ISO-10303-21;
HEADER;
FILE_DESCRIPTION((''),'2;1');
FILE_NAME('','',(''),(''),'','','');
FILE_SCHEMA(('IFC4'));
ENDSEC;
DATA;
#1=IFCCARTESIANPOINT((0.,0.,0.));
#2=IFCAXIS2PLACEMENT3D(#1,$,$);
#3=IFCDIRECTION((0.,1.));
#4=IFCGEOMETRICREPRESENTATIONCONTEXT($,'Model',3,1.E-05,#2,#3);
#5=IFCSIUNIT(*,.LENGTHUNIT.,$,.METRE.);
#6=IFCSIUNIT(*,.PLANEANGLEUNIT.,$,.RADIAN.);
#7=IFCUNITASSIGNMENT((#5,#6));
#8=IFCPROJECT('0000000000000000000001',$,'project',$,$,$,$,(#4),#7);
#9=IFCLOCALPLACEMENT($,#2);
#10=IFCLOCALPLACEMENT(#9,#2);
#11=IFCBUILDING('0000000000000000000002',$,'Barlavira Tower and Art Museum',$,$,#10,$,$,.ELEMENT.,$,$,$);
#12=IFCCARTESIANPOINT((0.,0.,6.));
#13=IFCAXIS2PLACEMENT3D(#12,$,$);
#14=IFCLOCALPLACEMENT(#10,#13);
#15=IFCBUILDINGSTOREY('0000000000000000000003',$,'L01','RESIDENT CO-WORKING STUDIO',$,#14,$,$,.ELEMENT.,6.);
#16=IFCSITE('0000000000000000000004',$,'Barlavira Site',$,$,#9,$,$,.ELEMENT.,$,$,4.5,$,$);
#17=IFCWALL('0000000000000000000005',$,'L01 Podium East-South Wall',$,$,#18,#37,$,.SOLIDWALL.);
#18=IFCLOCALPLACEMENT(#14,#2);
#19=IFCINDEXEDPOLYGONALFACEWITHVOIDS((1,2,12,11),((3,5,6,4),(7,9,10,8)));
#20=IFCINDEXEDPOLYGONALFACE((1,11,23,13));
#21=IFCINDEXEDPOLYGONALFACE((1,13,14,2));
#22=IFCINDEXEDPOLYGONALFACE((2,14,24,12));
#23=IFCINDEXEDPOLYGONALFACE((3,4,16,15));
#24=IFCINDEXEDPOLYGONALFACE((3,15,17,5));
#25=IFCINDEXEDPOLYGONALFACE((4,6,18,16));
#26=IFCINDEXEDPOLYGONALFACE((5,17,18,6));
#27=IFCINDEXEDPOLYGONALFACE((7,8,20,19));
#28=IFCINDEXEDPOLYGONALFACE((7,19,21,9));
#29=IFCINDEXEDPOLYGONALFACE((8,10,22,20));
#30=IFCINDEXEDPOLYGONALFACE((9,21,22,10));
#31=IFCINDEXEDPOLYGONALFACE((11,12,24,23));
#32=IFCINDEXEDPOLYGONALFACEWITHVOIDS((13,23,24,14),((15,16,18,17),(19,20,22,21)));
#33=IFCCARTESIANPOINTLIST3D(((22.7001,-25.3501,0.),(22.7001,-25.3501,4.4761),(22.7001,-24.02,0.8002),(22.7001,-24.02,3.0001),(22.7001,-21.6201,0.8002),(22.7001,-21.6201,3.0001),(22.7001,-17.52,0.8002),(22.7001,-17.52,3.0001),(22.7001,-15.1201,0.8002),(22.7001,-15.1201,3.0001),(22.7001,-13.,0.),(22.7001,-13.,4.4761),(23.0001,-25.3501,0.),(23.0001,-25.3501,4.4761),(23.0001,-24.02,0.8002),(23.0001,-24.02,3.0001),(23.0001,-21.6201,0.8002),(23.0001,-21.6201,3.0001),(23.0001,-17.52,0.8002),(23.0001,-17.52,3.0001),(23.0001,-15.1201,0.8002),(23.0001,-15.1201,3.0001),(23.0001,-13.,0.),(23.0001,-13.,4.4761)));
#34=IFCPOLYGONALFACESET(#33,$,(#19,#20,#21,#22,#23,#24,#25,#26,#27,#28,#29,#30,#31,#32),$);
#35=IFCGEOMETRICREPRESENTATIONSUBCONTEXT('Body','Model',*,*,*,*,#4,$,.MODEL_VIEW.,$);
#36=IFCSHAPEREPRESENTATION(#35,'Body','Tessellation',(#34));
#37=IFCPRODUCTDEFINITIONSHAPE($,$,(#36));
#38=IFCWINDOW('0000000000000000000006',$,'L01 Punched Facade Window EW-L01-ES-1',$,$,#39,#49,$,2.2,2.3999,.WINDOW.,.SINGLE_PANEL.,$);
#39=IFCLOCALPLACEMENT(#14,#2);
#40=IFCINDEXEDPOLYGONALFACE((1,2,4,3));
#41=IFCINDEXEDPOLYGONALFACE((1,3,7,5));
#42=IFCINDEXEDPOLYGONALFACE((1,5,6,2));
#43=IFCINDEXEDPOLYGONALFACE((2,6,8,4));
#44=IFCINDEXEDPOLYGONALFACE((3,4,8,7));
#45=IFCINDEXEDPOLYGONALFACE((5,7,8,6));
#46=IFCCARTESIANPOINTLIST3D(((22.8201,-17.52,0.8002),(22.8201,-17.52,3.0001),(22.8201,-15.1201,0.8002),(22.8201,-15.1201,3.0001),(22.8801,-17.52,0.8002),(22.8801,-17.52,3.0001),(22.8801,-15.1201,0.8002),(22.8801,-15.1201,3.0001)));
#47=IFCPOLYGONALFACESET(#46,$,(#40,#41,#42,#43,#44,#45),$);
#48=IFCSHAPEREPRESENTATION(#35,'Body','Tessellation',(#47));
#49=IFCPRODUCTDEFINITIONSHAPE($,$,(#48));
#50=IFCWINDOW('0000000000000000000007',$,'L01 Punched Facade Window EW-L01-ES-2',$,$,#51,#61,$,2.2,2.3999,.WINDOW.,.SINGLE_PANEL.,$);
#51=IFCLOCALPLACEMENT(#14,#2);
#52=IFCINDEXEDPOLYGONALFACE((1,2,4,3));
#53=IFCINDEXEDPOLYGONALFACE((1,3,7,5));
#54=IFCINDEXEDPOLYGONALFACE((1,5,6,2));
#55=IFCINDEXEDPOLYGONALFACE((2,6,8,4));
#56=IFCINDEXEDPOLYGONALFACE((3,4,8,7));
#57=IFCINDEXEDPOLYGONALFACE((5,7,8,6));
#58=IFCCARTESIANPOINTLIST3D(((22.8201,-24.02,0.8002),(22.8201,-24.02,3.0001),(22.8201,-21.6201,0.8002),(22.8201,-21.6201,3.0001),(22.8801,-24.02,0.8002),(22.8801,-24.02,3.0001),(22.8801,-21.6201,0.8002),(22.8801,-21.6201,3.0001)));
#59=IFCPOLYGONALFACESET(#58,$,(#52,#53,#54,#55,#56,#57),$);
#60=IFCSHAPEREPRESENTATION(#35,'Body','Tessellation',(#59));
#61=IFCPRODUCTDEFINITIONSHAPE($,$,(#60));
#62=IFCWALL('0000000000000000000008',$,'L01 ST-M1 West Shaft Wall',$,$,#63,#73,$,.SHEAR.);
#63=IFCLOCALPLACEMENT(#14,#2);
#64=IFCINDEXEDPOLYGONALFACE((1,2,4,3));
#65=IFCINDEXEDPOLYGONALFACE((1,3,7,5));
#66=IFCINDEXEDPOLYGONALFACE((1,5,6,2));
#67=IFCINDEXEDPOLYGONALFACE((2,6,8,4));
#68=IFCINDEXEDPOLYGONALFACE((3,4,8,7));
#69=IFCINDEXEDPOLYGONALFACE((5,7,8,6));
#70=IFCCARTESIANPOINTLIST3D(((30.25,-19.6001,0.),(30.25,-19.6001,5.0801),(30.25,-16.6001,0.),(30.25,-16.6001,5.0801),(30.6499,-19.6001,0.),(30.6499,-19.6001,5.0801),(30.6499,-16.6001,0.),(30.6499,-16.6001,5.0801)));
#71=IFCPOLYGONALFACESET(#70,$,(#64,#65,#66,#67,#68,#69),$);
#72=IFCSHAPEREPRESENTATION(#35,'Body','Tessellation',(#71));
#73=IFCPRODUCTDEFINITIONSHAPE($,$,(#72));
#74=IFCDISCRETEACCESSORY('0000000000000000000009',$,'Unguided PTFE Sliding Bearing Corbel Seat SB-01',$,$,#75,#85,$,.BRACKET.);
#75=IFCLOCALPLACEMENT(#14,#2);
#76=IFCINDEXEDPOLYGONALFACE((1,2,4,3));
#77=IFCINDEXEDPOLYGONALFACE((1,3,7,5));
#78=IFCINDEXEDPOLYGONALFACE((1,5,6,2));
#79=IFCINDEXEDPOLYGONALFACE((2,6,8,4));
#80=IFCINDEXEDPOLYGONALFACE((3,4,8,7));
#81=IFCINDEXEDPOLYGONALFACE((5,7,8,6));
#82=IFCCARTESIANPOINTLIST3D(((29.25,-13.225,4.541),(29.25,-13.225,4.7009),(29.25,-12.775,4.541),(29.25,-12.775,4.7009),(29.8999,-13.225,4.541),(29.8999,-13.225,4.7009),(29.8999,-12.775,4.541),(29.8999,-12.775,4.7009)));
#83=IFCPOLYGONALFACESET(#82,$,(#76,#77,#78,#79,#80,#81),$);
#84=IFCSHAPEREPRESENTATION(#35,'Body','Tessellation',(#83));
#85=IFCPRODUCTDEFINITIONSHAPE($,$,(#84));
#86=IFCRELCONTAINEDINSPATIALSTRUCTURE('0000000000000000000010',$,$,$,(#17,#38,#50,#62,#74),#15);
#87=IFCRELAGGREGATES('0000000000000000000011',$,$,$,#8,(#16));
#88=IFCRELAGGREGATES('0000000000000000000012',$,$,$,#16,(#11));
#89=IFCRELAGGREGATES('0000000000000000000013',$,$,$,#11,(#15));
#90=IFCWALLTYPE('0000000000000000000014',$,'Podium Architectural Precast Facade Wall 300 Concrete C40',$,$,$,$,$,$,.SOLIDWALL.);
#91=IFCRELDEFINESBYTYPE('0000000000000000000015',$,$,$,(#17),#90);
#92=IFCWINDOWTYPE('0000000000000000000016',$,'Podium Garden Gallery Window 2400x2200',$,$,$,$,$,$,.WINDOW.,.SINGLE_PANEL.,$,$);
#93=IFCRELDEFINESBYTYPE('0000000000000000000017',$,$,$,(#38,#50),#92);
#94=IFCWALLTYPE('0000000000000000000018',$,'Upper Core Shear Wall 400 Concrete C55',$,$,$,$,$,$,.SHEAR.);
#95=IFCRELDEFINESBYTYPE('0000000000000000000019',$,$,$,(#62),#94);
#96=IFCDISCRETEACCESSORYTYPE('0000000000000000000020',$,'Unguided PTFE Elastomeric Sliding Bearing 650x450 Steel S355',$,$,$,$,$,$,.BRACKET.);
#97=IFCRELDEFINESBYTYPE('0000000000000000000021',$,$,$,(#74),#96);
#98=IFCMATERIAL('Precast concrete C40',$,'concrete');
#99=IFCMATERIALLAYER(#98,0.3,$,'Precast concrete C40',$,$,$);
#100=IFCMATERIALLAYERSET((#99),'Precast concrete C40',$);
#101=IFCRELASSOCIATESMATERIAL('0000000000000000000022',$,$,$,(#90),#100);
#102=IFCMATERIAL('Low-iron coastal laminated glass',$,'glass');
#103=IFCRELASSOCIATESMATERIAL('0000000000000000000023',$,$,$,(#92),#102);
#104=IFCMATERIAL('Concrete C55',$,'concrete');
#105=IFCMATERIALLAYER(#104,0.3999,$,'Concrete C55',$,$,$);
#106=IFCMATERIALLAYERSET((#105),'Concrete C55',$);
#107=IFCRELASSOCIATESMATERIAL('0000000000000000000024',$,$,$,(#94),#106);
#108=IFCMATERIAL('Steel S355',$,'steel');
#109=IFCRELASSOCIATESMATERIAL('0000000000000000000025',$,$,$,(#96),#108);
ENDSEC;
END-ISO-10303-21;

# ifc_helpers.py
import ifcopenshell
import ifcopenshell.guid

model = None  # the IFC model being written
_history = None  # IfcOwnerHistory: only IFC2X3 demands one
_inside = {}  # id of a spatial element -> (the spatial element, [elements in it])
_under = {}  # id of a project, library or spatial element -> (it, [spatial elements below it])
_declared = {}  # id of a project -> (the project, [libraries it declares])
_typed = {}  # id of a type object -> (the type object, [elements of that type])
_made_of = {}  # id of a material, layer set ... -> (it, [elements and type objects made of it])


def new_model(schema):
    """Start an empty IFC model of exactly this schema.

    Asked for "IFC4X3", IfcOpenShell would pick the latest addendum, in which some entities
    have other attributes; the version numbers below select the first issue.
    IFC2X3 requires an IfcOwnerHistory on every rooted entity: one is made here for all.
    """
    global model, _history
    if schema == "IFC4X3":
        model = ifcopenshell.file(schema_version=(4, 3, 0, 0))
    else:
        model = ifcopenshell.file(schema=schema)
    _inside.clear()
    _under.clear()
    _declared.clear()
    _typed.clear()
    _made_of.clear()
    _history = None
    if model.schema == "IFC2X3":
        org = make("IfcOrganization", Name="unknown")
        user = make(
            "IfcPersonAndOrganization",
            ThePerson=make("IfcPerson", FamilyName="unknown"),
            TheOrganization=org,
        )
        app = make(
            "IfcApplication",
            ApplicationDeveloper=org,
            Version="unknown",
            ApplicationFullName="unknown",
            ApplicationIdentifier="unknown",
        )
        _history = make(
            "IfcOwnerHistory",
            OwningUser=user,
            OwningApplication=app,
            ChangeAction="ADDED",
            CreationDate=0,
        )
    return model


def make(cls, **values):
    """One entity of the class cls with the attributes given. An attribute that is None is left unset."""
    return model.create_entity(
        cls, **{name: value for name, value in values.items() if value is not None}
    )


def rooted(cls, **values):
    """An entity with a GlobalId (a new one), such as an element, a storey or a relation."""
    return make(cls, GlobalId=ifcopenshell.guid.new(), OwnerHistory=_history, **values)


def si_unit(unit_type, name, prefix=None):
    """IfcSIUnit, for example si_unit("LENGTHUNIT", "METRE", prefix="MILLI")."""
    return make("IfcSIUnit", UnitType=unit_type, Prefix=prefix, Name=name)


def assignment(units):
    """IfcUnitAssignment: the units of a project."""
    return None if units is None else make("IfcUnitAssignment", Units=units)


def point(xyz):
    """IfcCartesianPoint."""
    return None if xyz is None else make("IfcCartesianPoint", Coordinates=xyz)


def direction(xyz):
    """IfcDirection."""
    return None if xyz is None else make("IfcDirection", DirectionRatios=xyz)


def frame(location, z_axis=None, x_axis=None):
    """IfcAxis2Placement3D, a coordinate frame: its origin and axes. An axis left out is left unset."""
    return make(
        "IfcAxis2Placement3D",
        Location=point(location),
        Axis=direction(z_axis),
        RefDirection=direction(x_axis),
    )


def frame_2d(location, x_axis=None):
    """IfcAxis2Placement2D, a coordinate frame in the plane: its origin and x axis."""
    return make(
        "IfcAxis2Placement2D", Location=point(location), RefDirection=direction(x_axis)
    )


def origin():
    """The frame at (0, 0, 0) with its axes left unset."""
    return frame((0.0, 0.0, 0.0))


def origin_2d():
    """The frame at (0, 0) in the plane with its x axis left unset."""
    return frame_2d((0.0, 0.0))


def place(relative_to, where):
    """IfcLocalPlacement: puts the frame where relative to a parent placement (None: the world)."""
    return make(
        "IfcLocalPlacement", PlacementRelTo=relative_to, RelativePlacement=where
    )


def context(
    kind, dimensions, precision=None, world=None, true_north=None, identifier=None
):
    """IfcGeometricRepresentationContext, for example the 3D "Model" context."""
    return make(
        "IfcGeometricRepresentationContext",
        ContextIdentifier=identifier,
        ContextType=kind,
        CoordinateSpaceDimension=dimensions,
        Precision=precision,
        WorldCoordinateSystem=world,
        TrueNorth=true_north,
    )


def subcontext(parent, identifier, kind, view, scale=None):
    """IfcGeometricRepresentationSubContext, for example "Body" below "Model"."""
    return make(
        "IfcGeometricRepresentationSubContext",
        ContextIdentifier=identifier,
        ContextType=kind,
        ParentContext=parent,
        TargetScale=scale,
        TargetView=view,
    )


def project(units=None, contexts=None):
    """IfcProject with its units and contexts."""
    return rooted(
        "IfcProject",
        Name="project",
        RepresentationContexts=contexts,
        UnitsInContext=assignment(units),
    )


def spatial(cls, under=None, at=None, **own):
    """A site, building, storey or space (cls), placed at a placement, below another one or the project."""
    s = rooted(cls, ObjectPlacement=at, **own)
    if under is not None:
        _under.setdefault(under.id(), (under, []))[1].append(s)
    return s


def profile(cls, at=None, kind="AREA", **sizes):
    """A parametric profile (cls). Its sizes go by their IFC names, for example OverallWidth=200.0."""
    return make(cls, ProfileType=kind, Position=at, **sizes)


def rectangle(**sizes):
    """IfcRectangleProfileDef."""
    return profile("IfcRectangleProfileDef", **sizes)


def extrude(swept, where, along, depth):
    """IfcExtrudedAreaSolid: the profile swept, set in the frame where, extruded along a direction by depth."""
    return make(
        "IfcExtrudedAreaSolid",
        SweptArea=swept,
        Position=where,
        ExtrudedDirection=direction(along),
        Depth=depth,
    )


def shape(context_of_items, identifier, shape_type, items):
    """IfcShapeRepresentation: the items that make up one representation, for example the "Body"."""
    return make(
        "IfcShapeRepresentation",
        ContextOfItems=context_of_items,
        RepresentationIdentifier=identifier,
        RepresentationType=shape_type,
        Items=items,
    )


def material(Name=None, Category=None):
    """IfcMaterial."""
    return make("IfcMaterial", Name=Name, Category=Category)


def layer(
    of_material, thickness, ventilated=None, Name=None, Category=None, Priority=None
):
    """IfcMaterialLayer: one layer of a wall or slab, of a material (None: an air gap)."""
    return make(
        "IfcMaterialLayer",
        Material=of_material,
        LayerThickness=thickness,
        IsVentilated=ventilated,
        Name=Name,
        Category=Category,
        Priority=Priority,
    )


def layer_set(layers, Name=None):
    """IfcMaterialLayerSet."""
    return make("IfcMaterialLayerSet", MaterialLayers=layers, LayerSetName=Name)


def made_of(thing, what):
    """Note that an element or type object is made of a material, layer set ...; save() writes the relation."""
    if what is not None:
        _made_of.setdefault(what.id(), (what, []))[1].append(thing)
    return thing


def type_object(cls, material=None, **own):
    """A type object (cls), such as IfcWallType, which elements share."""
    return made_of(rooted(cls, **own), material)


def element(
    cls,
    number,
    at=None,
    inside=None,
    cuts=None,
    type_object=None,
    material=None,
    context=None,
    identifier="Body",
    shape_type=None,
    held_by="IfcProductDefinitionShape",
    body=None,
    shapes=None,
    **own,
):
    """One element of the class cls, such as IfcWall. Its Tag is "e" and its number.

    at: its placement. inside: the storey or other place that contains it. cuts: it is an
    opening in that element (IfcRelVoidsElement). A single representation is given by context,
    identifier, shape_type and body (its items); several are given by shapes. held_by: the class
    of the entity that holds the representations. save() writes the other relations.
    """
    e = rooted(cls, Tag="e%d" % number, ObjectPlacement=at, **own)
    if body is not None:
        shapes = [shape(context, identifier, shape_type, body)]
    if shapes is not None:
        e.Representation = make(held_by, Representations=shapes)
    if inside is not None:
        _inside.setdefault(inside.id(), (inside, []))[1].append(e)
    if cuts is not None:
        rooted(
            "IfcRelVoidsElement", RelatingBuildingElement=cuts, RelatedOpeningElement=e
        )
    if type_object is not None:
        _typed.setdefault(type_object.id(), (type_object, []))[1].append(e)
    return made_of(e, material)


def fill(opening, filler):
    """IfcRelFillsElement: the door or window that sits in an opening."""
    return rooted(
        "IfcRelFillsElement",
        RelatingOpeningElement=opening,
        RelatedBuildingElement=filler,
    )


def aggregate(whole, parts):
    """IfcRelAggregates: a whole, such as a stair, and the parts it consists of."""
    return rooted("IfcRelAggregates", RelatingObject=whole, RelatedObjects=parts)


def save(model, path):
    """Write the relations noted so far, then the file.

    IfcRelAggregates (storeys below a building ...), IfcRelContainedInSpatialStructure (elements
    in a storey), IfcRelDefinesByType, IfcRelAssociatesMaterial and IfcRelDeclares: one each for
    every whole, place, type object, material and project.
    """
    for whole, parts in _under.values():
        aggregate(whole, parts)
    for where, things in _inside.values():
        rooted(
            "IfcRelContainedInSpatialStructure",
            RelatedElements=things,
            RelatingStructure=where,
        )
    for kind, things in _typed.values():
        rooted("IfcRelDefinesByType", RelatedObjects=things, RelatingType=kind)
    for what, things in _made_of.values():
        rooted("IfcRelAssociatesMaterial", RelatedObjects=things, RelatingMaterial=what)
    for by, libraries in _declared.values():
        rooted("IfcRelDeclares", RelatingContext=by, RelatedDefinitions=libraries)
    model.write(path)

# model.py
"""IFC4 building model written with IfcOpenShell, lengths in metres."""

from ifc_helpers import new_model, si_unit, direction, frame, frame_2d, origin, origin_2d, place, context, subcontext, project, spatial, rectangle, extrude, material, layer, layer_set, type_object, element, fill, save


model = new_model("IFC4")

# Units and contexts
model_context = context("Model", 3, precision=1e-05, world=origin(), true_north=direction((0.0, 1.0)))
body_context = subcontext(model_context, "Body", "Model", "MODEL_VIEW")
ifc_project = project(units=[si_unit("LENGTHUNIT", "METRE"), si_unit("PLANEANGLEUNIT", "RADIAN")], contexts=[model_context])

# Site, building, storey
site_placement = place(None, origin())
site = spatial("IfcSite", under=ifc_project, at=site_placement, Name="Barlavira Site", CompositionType="ELEMENT", RefElevation=4.5)
building_placement = place(site_placement, origin())
building = spatial("IfcBuilding", under=site, at=building_placement, Name="Barlavira Tower and Art Museum", CompositionType="ELEMENT")
storey_placement = place(building_placement, frame((0.0, 0.0, 6.0)))
storey = spatial("IfcBuildingStorey", under=building, at=storey_placement, Name="L01", Description="RESIDENT CO-WORKING STUDIO", CompositionType="ELEMENT", Elevation=6.0)

# Shared definitions
ifc_material_1 = material(Name="Steel S355", Category="steel")

# Wall, openings, windows
ifc_material_2 = material(Name="Precast concrete C40", Category="concrete")
ifc_layer_1 = layer(ifc_material_2, 0.3, Name="Precast concrete C40")
ifc_layer_set_1 = layer_set([ifc_layer_1], Name="Precast concrete C40")
wall_type_1 = type_object("IfcWallType", Name="Podium Architectural Precast Facade Wall 300 Concrete C40", PredefinedType="SOLIDWALL", material=ifc_layer_set_1)
wall_1_placement = place(storey_placement, frame((22.8501, -13.0, 0.0), z_axis=(0.0, 0.0, 1.0), x_axis=(0.0, -1.0, 0.0)))
wall_1 = element("IfcWall", 1, at=wall_1_placement, inside=storey, type_object=wall_type_1, Name="L01 Podium East-South Wall", PredefinedType="SOLIDWALL", context=body_context, shape_type="SweptSolid", body=[
    extrude(rectangle(XDim=12.3501, YDim=0.3, at=frame_2d((6.175, 0.0))), origin(), (0.0, 0.0, 1.0), 4.4761),
])
opening_1_placement = place(wall_1_placement, frame((2.1201, 0.0, 0.8)))
opening_1 = element("IfcOpeningElement", 2, at=opening_1_placement, cuts=wall_1, PredefinedType="OPENING", context=body_context, shape_type="SweptSolid", body=[
    extrude(rectangle(XDim=2.3999, YDim=2.2, at=frame_2d((1.2, 1.1001))), frame((0.0, 0.1602, 0.0), z_axis=(0.0, -1.0, 0.0), x_axis=(1.0, 0.0, 0.0)), (0.0, 0.0, 1.0), 0.3201),
])
opening_2_placement = place(wall_1_placement, frame((8.6201, 0.0, 0.8)))
opening_2 = element("IfcOpeningElement", 3, at=opening_2_placement, cuts=wall_1, PredefinedType="OPENING", context=body_context, shape_type="SweptSolid", body=[
    extrude(rectangle(XDim=2.3999, YDim=2.2, at=frame_2d((1.2, 1.1001))), frame((0.0, 0.1602, 0.0), z_axis=(0.0, -1.0, 0.0), x_axis=(1.0, 0.0, 0.0)), (0.0, 0.0, 1.0), 0.3201),
])
ifc_material_3 = material(Name="Low-iron coastal laminated glass", Category="glass")
window_type = type_object("IfcWindowType", Name="Podium Garden Gallery Window 2400x2200", PartitioningType="SINGLE_PANEL", PredefinedType="WINDOW", material=ifc_material_3)
window_1_placement = place(opening_1_placement, origin())
window_1 = element("IfcWindow", 4, at=window_1_placement, inside=storey, type_object=window_type, Name="L01 Punched Facade Window EW-L01-ES-1", OverallHeight=2.2, OverallWidth=2.3999, PartitioningType="SINGLE_PANEL", PredefinedType="WINDOW", context=body_context, shape_type="SweptSolid", body=[
    extrude(rectangle(XDim=2.3999, YDim=2.2, at=frame_2d((1.2, 1.1001))), frame((0.0, 0.03, 0.0), z_axis=(0.0, -1.0, 0.0), x_axis=(1.0, 0.0, 0.0)), (0.0, 0.0, 1.0), 0.0601),
])
fill(opening_1, window_1)
window_2_placement = place(opening_2_placement, origin())
window_2 = element("IfcWindow", 5, at=window_2_placement, inside=storey, type_object=window_type, Name="L01 Punched Facade Window EW-L01-ES-2", OverallHeight=2.2, OverallWidth=2.3999, PartitioningType="SINGLE_PANEL", PredefinedType="WINDOW", context=body_context, shape_type="SweptSolid", body=[
    extrude(rectangle(XDim=2.3999, YDim=2.2, at=frame_2d((1.2, 1.1001))), frame((0.0, 0.03, 0.0), z_axis=(0.0, -1.0, 0.0), x_axis=(1.0, 0.0, 0.0)), (0.0, 0.0, 1.0), 0.0601),
])
fill(opening_2, window_2)

# Wall
ifc_material_4 = material(Name="Concrete C55", Category="concrete")
ifc_layer_2 = layer(ifc_material_4, 0.3999, Name="Concrete C55")
ifc_layer_set_2 = layer_set([ifc_layer_2], Name="Concrete C55")
wall_type_2 = type_object("IfcWallType", Name="Upper Core Shear Wall 400 Concrete C55", PredefinedType="SHEAR", material=ifc_layer_set_2)
wall_2_placement = place(storey_placement, frame((30.45, -19.6001, 0.0), z_axis=(0.0, 0.0, 1.0), x_axis=(0.0, 1.0, 0.0)))
element("IfcWall", 6, at=wall_2_placement, inside=storey, type_object=wall_type_2, Name="L01 ST-M1 West Shaft Wall", PredefinedType="SHEAR", context=body_context, shape_type="SweptSolid", body=[
    extrude(rectangle(XDim=3.0, YDim=0.3999, at=frame_2d((1.5, 0.0))), origin(), (0.0, 0.0, 1.0), 5.0801),
])

# Discrete accessory
discrete_accessory_type = type_object("IfcDiscreteAccessoryType", Name="Unguided PTFE Elastomeric Sliding Bearing 650x450 Steel S355", PredefinedType="BRACKET", material=ifc_material_1)
discrete_accessory_placement = place(storey_placement, frame((29.575, -13.0, 4.541), z_axis=(0.0, 0.0, 1.0), x_axis=(1.0, 0.0, 0.0)))
element("IfcDiscreteAccessory", 7, at=discrete_accessory_placement, inside=storey, type_object=discrete_accessory_type, Name="Unguided PTFE Sliding Bearing Corbel Seat SB-01", PredefinedType="BRACKET", context=body_context, shape_type="SweptSolid", body=[
    extrude(rectangle(XDim=0.6499, YDim=0.45, at=origin_2d()), origin(), (0.0, 0.0, 1.0), 0.1599),
])

save(model, "model.ifc")
